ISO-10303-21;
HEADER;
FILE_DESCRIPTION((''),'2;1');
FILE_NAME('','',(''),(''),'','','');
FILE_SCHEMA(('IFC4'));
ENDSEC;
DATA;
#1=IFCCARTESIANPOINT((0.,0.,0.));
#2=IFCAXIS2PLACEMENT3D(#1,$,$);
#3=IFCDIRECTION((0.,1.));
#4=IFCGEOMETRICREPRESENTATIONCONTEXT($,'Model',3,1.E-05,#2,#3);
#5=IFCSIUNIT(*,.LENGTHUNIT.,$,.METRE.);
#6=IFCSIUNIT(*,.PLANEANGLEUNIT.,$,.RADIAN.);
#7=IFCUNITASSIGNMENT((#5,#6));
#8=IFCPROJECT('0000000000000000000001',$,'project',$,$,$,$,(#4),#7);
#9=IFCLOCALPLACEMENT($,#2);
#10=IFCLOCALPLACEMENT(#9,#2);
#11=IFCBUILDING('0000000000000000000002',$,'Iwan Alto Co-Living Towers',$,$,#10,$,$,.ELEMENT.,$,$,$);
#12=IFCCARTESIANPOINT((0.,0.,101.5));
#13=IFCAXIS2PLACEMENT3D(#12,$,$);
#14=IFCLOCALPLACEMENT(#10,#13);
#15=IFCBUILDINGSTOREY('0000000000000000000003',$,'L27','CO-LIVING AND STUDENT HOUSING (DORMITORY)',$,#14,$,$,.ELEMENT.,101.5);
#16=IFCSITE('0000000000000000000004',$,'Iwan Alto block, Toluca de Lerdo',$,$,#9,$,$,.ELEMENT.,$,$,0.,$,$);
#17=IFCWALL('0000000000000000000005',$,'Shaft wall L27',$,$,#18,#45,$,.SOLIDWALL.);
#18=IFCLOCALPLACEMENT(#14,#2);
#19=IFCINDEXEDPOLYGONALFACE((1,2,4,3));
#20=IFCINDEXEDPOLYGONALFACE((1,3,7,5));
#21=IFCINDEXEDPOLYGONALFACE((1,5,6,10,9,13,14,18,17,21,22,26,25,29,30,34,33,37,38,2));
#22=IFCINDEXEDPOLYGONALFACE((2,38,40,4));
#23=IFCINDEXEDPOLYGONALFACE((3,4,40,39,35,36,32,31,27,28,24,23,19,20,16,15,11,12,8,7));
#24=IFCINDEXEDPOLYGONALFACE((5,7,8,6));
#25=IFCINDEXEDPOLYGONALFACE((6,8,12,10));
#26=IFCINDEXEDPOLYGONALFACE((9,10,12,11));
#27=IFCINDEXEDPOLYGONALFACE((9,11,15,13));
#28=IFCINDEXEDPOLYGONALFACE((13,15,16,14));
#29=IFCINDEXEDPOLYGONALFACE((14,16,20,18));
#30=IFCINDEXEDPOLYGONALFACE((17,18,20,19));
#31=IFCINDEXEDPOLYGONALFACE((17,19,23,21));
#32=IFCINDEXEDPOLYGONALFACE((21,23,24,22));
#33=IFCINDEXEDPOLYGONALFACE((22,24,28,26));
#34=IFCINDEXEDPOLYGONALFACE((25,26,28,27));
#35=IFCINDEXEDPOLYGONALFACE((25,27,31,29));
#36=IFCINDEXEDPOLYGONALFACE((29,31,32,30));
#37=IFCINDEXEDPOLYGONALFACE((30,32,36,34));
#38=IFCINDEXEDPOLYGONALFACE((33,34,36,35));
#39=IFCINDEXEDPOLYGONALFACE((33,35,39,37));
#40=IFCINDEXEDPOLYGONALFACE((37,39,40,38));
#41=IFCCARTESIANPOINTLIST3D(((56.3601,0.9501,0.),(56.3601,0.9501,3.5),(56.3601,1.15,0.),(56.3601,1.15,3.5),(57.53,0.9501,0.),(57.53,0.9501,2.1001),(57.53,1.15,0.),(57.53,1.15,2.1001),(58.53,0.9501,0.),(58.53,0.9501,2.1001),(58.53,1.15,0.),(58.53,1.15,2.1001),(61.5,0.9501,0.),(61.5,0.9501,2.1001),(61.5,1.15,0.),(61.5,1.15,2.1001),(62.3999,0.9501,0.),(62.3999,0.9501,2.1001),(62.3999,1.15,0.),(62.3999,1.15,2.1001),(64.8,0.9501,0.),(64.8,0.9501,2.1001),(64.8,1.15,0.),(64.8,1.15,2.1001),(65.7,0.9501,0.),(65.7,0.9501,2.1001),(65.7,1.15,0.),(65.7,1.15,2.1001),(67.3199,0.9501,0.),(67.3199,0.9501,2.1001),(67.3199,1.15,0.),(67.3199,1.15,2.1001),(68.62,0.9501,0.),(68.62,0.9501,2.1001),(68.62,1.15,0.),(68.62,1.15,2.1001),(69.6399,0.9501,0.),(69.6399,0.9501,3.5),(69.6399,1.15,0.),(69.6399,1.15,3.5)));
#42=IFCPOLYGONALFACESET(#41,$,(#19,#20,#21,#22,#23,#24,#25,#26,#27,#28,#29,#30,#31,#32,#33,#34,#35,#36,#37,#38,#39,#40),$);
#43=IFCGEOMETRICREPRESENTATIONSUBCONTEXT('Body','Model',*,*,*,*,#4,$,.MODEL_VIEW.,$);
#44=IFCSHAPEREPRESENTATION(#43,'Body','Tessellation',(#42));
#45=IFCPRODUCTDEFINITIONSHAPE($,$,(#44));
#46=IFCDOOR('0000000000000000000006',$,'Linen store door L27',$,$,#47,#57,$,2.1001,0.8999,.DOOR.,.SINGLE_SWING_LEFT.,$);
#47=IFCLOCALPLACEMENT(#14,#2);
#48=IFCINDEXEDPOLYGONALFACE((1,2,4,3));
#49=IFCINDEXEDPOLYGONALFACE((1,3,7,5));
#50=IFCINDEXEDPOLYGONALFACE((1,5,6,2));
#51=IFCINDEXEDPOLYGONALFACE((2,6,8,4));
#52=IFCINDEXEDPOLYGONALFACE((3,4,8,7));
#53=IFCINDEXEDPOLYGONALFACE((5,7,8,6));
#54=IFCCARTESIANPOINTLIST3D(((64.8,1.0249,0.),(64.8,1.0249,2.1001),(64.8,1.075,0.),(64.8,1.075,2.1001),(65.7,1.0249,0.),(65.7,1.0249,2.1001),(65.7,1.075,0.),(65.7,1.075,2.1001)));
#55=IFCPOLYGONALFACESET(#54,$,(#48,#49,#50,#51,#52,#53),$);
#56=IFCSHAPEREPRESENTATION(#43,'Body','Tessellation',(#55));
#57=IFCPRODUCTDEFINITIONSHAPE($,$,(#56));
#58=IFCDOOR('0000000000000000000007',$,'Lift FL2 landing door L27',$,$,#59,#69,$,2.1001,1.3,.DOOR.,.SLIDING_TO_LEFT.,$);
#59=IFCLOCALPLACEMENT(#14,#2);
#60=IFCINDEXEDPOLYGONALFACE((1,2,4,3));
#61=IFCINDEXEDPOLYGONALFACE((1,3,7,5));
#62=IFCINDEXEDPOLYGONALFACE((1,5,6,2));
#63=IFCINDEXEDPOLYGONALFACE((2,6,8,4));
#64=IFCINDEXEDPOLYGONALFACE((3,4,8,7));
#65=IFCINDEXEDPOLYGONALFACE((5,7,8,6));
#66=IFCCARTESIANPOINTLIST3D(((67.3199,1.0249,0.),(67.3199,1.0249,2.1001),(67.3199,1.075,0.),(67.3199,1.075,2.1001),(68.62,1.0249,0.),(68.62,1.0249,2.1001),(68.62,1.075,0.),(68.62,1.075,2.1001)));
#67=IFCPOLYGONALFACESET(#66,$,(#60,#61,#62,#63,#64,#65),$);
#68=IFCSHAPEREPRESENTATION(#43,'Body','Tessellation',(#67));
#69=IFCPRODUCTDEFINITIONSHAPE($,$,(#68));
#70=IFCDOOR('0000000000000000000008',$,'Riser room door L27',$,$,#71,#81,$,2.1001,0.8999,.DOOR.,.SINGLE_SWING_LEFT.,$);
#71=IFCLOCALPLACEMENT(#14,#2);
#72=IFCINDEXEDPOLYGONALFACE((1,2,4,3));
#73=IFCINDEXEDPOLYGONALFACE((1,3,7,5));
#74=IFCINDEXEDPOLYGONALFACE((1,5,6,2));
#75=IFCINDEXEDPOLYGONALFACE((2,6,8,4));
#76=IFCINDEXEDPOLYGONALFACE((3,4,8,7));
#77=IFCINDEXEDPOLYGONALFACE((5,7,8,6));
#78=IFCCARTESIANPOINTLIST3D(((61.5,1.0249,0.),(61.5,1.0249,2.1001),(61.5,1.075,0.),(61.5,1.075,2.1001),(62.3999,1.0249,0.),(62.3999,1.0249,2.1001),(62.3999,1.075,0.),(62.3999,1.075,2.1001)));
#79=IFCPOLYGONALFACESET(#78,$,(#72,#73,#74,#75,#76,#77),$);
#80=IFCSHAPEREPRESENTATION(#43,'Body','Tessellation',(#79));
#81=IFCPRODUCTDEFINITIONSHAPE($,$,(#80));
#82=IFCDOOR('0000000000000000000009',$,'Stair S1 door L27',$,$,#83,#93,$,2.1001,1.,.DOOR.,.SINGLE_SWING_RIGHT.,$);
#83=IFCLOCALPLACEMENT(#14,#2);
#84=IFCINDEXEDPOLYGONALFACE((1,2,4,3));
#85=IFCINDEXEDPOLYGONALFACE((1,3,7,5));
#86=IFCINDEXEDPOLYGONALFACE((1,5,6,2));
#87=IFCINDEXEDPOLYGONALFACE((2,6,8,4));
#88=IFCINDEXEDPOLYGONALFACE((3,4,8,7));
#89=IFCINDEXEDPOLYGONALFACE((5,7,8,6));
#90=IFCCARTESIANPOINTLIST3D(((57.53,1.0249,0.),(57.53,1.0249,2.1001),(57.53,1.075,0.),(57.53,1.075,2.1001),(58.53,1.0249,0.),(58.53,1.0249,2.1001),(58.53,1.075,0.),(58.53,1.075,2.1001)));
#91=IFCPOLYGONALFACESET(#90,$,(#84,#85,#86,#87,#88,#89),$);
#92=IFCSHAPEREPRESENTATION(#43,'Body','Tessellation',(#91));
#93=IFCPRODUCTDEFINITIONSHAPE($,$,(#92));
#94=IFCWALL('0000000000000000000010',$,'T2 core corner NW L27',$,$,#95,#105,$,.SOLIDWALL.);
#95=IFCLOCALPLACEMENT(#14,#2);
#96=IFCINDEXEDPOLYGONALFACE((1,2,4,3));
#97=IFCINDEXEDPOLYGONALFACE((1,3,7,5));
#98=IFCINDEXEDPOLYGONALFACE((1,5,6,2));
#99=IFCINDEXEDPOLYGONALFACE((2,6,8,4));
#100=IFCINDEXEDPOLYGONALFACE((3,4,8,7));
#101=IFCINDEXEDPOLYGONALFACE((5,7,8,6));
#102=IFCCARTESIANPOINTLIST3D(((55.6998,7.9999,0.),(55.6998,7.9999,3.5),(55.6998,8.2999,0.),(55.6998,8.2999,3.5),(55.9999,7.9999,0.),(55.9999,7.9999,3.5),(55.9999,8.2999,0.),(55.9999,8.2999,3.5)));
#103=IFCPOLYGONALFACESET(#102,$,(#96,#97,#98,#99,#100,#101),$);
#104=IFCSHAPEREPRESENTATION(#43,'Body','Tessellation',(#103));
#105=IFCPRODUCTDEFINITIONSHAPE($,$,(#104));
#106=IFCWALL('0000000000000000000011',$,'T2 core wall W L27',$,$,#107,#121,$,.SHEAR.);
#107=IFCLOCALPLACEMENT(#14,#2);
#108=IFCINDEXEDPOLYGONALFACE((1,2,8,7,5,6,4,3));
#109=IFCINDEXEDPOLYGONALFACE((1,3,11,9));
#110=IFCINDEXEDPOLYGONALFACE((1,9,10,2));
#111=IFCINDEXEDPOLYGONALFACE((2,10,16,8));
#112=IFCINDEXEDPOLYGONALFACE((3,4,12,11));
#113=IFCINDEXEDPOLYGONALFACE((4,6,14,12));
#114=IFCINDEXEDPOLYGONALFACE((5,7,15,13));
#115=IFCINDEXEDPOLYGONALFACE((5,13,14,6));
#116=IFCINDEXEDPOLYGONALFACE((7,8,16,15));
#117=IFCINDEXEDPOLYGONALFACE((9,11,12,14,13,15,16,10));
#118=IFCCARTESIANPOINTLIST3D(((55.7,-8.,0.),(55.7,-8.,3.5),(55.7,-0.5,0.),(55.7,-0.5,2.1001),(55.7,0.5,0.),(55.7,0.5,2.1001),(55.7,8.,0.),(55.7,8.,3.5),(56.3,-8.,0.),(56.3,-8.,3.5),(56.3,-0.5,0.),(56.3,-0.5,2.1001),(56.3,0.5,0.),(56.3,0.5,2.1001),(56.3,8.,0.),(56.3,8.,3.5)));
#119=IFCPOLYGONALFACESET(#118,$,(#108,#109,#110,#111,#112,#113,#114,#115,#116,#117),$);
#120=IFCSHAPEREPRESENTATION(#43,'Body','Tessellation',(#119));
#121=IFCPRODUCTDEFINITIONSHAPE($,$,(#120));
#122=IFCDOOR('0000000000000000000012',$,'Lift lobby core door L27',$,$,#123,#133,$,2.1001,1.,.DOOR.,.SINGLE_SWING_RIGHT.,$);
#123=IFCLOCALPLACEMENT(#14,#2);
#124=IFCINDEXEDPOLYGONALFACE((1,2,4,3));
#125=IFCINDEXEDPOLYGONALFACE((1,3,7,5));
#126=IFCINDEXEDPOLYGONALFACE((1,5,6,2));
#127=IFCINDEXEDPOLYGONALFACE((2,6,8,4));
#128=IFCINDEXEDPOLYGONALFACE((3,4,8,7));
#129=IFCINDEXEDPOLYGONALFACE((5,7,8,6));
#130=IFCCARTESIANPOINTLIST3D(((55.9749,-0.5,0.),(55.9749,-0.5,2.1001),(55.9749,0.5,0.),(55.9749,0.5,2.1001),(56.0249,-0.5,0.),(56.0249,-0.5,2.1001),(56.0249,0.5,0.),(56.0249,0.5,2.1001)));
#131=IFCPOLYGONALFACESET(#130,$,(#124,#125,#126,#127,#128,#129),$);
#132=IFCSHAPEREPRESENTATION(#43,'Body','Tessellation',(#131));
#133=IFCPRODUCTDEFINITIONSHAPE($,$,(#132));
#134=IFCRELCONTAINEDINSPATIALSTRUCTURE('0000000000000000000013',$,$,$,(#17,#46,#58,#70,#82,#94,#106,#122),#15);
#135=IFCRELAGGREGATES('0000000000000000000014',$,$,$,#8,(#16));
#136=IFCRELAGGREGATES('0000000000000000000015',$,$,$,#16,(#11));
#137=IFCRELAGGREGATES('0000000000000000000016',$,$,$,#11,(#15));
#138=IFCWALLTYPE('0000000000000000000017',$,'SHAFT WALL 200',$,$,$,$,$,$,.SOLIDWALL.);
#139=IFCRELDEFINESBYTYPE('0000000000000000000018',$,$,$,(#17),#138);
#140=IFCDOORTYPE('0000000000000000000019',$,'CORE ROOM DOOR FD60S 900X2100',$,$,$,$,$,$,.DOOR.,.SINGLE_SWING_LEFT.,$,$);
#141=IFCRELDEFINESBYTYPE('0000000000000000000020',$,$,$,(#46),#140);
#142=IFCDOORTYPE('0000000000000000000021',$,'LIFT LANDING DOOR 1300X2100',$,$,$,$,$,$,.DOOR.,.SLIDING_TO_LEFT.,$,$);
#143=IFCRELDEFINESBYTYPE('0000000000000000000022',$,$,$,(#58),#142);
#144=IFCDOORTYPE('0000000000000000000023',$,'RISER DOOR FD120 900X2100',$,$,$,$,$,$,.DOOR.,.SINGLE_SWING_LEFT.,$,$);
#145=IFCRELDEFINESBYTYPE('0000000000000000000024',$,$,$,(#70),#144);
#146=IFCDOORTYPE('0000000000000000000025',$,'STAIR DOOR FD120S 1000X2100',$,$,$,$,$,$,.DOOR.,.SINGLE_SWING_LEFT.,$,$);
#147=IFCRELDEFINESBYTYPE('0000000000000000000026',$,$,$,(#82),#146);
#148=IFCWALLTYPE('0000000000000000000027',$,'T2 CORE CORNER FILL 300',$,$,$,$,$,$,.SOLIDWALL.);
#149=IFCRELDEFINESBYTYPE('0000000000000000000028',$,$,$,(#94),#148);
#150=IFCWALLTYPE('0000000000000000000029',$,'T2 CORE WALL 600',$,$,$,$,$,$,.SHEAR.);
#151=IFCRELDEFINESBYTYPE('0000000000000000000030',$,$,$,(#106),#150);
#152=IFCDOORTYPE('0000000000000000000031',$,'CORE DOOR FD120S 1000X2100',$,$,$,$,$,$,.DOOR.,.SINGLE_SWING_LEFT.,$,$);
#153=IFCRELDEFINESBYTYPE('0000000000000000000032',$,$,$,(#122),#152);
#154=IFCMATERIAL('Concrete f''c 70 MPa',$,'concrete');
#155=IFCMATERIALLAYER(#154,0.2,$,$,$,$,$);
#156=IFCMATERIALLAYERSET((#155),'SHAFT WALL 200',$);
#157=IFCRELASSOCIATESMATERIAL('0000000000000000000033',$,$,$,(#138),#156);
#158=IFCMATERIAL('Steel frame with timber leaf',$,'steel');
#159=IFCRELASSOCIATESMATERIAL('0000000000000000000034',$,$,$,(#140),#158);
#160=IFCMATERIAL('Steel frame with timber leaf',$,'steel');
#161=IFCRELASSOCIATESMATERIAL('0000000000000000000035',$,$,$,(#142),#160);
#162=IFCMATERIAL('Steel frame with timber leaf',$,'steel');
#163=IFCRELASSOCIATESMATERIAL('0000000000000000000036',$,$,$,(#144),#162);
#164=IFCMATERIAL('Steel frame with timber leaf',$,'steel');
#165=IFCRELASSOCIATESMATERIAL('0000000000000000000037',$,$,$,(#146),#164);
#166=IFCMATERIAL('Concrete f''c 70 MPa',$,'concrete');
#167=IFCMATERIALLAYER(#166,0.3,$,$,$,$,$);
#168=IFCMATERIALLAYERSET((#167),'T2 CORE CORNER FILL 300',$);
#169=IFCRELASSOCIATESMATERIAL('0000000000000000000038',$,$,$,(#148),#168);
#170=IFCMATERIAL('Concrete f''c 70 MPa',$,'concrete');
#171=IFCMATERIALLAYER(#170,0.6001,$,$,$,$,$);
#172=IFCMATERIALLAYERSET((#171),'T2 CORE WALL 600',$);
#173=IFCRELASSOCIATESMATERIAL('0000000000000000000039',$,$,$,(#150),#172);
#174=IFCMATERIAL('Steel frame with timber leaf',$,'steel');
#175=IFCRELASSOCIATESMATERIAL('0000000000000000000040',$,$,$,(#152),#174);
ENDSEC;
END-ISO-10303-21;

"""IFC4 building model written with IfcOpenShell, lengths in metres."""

from ifc_helpers import new_model, si_unit, direction, frame, frame_2d, origin, place, context, subcontext, project, spatial, rectangle, extrude, material, layer, layer_set, type_object, element, fill, save


model = new_model("IFC4")

# Units and contexts
model_context = context("Model", 3, precision=1e-05, world=origin(), true_north=direction((0.0, 1.0)))
body_context = subcontext(model_context, "Body", "Model", "MODEL_VIEW")
ifc_project = project(units=[si_unit("LENGTHUNIT", "METRE"), si_unit("PLANEANGLEUNIT", "RADIAN")], contexts=[model_context])

# Site, building, storey
site_placement = place(None, origin())
site = spatial("IfcSite", under=ifc_project, at=site_placement, Name="Iwan Alto block, Toluca de Lerdo", CompositionType="ELEMENT", RefElevation=0.0)
building_placement = place(site_placement, origin())
building = spatial("IfcBuilding", under=site, at=building_placement, Name="Iwan Alto Co-Living Towers", CompositionType="ELEMENT")
storey_placement = place(building_placement, frame((0.0, 0.0, 101.5)))
storey = spatial("IfcBuildingStorey", under=building, at=storey_placement, Name="L27", Description="CO-LIVING AND STUDENT HOUSING (DORMITORY)", CompositionType="ELEMENT", Elevation=101.5)

# Wall, openings, doors
ifc_material_1 = material(Name="Concrete f'c 70 MPa", Category="concrete")
ifc_layer_1 = layer(ifc_material_1, 0.2)
ifc_layer_set_1 = layer_set([ifc_layer_1], Name="SHAFT WALL 200")
wall_type_1 = type_object("IfcWallType", Name="SHAFT WALL 200", PredefinedType="SOLIDWALL", material=ifc_layer_set_1)
wall_1_placement = place(storey_placement, frame((56.3601, 1.05, 0.0), z_axis=(0.0, 0.0, 1.0), x_axis=(1.0, 0.0, 0.0)))
wall_1 = element("IfcWall", 1, at=wall_1_placement, inside=storey, type_object=wall_type_1, Name="Shaft wall L27", PredefinedType="SOLIDWALL", context=body_context, shape_type="SweptSolid", body=[
    extrude(rectangle(XDim=13.2798, YDim=0.2, at=frame_2d((6.6399, 0.0))), origin(), (0.0, 0.0, 1.0), 3.5),
])
opening_1_placement = place(wall_1_placement, frame((1.1699, 0.0, 0.0)))
opening_1 = element("IfcOpeningElement", 2, at=opening_1_placement, cuts=wall_1, PredefinedType="OPENING", context=body_context, shape_type="SweptSolid", body=[
    extrude(rectangle(XDim=1.0, YDim=2.1001, at=frame_2d((0.5, 1.05))), frame((0.0, 0.1099, 0.0), z_axis=(0.0, -1.0, 0.0), x_axis=(1.0, 0.0, 0.0)), (0.0, 0.0, 1.0), 0.22),
])
opening_2_placement = place(wall_1_placement, frame((5.1399, 0.0, 0.0)))
opening_2 = element("IfcOpeningElement", 3, at=opening_2_placement, cuts=wall_1, PredefinedType="OPENING", context=body_context, shape_type="SweptSolid", body=[
    extrude(rectangle(XDim=0.8999, YDim=2.1001, at=frame_2d((0.45, 1.05))), frame((0.0, 0.1099, 0.0), z_axis=(0.0, -1.0, 0.0), x_axis=(1.0, 0.0, 0.0)), (0.0, 0.0, 1.0), 0.22),
])
opening_3_placement = place(wall_1_placement, frame((8.4399, 0.0, 0.0)))
opening_3 = element("IfcOpeningElement", 4, at=opening_3_placement, cuts=wall_1, PredefinedType="OPENING", context=body_context, shape_type="SweptSolid", body=[
    extrude(rectangle(XDim=0.8999, YDim=2.1001, at=frame_2d((0.45, 1.05))), frame((0.0, 0.1099, 0.0), z_axis=(0.0, -1.0, 0.0), x_axis=(1.0, 0.0, 0.0)), (0.0, 0.0, 1.0), 0.22),
])
opening_4_placement = place(wall_1_placement, frame((10.96, 0.0, 0.0)))
opening_4 = element("IfcOpeningElement", 5, at=opening_4_placement, cuts=wall_1, PredefinedType="OPENING", context=body_context, shape_type="SweptSolid", body=[
    extrude(rectangle(XDim=1.3, YDim=2.1001, at=frame_2d((0.6499, 1.05))), frame((0.0, 0.1099, 0.0), z_axis=(0.0, -1.0, 0.0), x_axis=(1.0, 0.0, 0.0)), (0.0, 0.0, 1.0), 0.22),
])
ifc_material_2 = material(Name="Steel frame with timber leaf", Category="steel")
door_type_1 = type_object("IfcDoorType", Name="CORE ROOM DOOR FD60S 900X2100", OperationType="SINGLE_SWING_LEFT", PredefinedType="DOOR", material=ifc_material_2)
door_1_placement = place(opening_3_placement, origin())
door_1 = element("IfcDoor", 6, at=door_1_placement, inside=storey, type_object=door_type_1, Name="Linen store door L27", OperationType="SINGLE_SWING_LEFT", OverallHeight=2.1001, OverallWidth=0.8999, PredefinedType="DOOR", context=body_context, shape_type="SweptSolid", body=[
    extrude(rectangle(XDim=0.8999, YDim=2.1001, at=frame_2d((0.45, 1.05))), frame((0.0, 0.0249, 0.0), z_axis=(0.0, -1.0, 0.0), x_axis=(1.0, 0.0, 0.0)), (0.0, 0.0, 1.0), 0.05),
])
fill(opening_3, door_1)
ifc_material_3 = material(Name="Steel frame with timber leaf", Category="steel")
door_type_2 = type_object("IfcDoorType", Name="LIFT LANDING DOOR 1300X2100", OperationType="SLIDING_TO_LEFT", PredefinedType="DOOR", material=ifc_material_3)
door_2_placement = place(opening_4_placement, origin())
door_2 = element("IfcDoor", 7, at=door_2_placement, inside=storey, type_object=door_type_2, Name="Lift FL2 landing door L27", OperationType="SLIDING_TO_LEFT", OverallHeight=2.1001, OverallWidth=1.3, PredefinedType="DOOR", context=body_context, shape_type="SweptSolid", body=[
    extrude(rectangle(XDim=1.3, YDim=2.1001, at=frame_2d((0.6499, 1.05))), frame((0.0, 0.0249, 0.0), z_axis=(0.0, -1.0, 0.0), x_axis=(1.0, 0.0, 0.0)), (0.0, 0.0, 1.0), 0.05),
])
fill(opening_4, door_2)
ifc_material_4 = material(Name="Steel frame with timber leaf", Category="steel")
door_type_3 = type_object("IfcDoorType", Name="RISER DOOR FD120 900X2100", OperationType="SINGLE_SWING_LEFT", PredefinedType="DOOR", material=ifc_material_4)
door_3_placement = place(opening_2_placement, origin())
door_3 = element("IfcDoor", 8, at=door_3_placement, inside=storey, type_object=door_type_3, Name="Riser room door L27", OperationType="SINGLE_SWING_LEFT", OverallHeight=2.1001, OverallWidth=0.8999, PredefinedType="DOOR", context=body_context, shape_type="SweptSolid", body=[
    extrude(rectangle(XDim=0.8999, YDim=2.1001, at=frame_2d((0.45, 1.05))), frame((0.0, 0.0249, 0.0), z_axis=(0.0, -1.0, 0.0), x_axis=(1.0, 0.0, 0.0)), (0.0, 0.0, 1.0), 0.05),
])
fill(opening_2, door_3)
ifc_material_5 = material(Name="Steel frame with timber leaf", Category="steel")
door_type_4 = type_object("IfcDoorType", Name="STAIR DOOR FD120S 1000X2100", OperationType="SINGLE_SWING_LEFT", PredefinedType="DOOR", material=ifc_material_5)
door_4_placement = place(opening_1_placement, origin())
door_4 = element("IfcDoor", 9, at=door_4_placement, inside=storey, type_object=door_type_4, Name="Stair S1 door L27", OperationType="SINGLE_SWING_RIGHT", OverallHeight=2.1001, OverallWidth=1.0, PredefinedType="DOOR", context=body_context, shape_type="SweptSolid", body=[
    extrude(rectangle(XDim=1.0, YDim=2.1001, at=frame_2d((0.5, 1.05))), frame((0.0, 0.0249, 0.0), z_axis=(0.0, -1.0, 0.0), x_axis=(1.0, 0.0, 0.0)), (0.0, 0.0, 1.0), 0.05),
])
fill(opening_1, door_4)

# Wall
ifc_material_6 = material(Name="Concrete f'c 70 MPa", Category="concrete")
ifc_layer_2 = layer(ifc_material_6, 0.3)
ifc_layer_set_2 = layer_set([ifc_layer_2], Name="T2 CORE CORNER FILL 300")
wall_type_2 = type_object("IfcWallType", Name="T2 CORE CORNER FILL 300", PredefinedType="SOLIDWALL", material=ifc_layer_set_2)
wall_2_placement = place(storey_placement, frame((55.7, 8.1499, 0.0), z_axis=(0.0, 0.0, 1.0), x_axis=(1.0, 0.0, 0.0)))
element("IfcWall", 10, at=wall_2_placement, inside=storey, type_object=wall_type_2, Name="T2 core corner NW L27", PredefinedType="SOLIDWALL", context=body_context, shape_type="SweptSolid", body=[
    extrude(rectangle(XDim=0.3, YDim=0.3, at=frame_2d((0.1499, 0.0))), origin(), (0.0, 0.0, 1.0), 3.5),
])

# Wall, opening, door
ifc_material_7 = material(Name="Concrete f'c 70 MPa", Category="concrete")
ifc_layer_3 = layer(ifc_material_7, 0.6001)
ifc_layer_set_3 = layer_set([ifc_layer_3], Name="T2 CORE WALL 600")
wall_type_3 = type_object("IfcWallType", Name="T2 CORE WALL 600", PredefinedType="SHEAR", material=ifc_layer_set_3)
wall_3_placement = place(storey_placement, frame((56.0, 8.0, 0.0), z_axis=(0.0, 0.0, 1.0), x_axis=(0.0, -1.0, 0.0)))
wall_3 = element("IfcWall", 11, at=wall_3_placement, inside=storey, type_object=wall_type_3, Name="T2 core wall W L27", PredefinedType="SHEAR", context=body_context, shape_type="SweptSolid", body=[
    extrude(rectangle(XDim=16.0, YDim=0.6001, at=frame_2d((8.0, 0.0))), origin(), (0.0, 0.0, 1.0), 3.5),
])
opening_5_placement = place(wall_3_placement, frame((7.5, 0.0, 0.0)))
opening_5 = element("IfcOpeningElement", 12, at=opening_5_placement, cuts=wall_3, PredefinedType="OPENING", context=body_context, shape_type="SweptSolid", body=[
    extrude(rectangle(XDim=1.0, YDim=2.1001, at=frame_2d((0.5, 1.05))), frame((0.0, 0.3101, 0.0), z_axis=(0.0, -1.0, 0.0), x_axis=(1.0, 0.0, 0.0)), (0.0, 0.0, 1.0), 0.6201),
])
ifc_material_8 = material(Name="Steel frame with timber leaf", Category="steel")
door_type_5 = type_object("IfcDoorType", Name="CORE DOOR FD120S 1000X2100", OperationType="SINGLE_SWING_LEFT", PredefinedType="DOOR", material=ifc_material_8)
door_5_placement = place(opening_5_placement, origin())
door_5 = element("IfcDoor", 13, at=door_5_placement, inside=storey, type_object=door_type_5, Name="Lift lobby core door L27", OperationType="SINGLE_SWING_RIGHT", OverallHeight=2.1001, OverallWidth=1.0, PredefinedType="DOOR", context=body_context, shape_type="SweptSolid", body=[
    extrude(rectangle(XDim=1.0, YDim=2.1001, at=frame_2d((0.5, 1.05))), frame((0.0, 0.0249, 0.0), z_axis=(0.0, -1.0, 0.0), x_axis=(1.0, 0.0, 0.0)), (0.0, 0.0, 1.0), 0.05),
])
fill(opening_5, door_5)

save(model, "model.ifc")
